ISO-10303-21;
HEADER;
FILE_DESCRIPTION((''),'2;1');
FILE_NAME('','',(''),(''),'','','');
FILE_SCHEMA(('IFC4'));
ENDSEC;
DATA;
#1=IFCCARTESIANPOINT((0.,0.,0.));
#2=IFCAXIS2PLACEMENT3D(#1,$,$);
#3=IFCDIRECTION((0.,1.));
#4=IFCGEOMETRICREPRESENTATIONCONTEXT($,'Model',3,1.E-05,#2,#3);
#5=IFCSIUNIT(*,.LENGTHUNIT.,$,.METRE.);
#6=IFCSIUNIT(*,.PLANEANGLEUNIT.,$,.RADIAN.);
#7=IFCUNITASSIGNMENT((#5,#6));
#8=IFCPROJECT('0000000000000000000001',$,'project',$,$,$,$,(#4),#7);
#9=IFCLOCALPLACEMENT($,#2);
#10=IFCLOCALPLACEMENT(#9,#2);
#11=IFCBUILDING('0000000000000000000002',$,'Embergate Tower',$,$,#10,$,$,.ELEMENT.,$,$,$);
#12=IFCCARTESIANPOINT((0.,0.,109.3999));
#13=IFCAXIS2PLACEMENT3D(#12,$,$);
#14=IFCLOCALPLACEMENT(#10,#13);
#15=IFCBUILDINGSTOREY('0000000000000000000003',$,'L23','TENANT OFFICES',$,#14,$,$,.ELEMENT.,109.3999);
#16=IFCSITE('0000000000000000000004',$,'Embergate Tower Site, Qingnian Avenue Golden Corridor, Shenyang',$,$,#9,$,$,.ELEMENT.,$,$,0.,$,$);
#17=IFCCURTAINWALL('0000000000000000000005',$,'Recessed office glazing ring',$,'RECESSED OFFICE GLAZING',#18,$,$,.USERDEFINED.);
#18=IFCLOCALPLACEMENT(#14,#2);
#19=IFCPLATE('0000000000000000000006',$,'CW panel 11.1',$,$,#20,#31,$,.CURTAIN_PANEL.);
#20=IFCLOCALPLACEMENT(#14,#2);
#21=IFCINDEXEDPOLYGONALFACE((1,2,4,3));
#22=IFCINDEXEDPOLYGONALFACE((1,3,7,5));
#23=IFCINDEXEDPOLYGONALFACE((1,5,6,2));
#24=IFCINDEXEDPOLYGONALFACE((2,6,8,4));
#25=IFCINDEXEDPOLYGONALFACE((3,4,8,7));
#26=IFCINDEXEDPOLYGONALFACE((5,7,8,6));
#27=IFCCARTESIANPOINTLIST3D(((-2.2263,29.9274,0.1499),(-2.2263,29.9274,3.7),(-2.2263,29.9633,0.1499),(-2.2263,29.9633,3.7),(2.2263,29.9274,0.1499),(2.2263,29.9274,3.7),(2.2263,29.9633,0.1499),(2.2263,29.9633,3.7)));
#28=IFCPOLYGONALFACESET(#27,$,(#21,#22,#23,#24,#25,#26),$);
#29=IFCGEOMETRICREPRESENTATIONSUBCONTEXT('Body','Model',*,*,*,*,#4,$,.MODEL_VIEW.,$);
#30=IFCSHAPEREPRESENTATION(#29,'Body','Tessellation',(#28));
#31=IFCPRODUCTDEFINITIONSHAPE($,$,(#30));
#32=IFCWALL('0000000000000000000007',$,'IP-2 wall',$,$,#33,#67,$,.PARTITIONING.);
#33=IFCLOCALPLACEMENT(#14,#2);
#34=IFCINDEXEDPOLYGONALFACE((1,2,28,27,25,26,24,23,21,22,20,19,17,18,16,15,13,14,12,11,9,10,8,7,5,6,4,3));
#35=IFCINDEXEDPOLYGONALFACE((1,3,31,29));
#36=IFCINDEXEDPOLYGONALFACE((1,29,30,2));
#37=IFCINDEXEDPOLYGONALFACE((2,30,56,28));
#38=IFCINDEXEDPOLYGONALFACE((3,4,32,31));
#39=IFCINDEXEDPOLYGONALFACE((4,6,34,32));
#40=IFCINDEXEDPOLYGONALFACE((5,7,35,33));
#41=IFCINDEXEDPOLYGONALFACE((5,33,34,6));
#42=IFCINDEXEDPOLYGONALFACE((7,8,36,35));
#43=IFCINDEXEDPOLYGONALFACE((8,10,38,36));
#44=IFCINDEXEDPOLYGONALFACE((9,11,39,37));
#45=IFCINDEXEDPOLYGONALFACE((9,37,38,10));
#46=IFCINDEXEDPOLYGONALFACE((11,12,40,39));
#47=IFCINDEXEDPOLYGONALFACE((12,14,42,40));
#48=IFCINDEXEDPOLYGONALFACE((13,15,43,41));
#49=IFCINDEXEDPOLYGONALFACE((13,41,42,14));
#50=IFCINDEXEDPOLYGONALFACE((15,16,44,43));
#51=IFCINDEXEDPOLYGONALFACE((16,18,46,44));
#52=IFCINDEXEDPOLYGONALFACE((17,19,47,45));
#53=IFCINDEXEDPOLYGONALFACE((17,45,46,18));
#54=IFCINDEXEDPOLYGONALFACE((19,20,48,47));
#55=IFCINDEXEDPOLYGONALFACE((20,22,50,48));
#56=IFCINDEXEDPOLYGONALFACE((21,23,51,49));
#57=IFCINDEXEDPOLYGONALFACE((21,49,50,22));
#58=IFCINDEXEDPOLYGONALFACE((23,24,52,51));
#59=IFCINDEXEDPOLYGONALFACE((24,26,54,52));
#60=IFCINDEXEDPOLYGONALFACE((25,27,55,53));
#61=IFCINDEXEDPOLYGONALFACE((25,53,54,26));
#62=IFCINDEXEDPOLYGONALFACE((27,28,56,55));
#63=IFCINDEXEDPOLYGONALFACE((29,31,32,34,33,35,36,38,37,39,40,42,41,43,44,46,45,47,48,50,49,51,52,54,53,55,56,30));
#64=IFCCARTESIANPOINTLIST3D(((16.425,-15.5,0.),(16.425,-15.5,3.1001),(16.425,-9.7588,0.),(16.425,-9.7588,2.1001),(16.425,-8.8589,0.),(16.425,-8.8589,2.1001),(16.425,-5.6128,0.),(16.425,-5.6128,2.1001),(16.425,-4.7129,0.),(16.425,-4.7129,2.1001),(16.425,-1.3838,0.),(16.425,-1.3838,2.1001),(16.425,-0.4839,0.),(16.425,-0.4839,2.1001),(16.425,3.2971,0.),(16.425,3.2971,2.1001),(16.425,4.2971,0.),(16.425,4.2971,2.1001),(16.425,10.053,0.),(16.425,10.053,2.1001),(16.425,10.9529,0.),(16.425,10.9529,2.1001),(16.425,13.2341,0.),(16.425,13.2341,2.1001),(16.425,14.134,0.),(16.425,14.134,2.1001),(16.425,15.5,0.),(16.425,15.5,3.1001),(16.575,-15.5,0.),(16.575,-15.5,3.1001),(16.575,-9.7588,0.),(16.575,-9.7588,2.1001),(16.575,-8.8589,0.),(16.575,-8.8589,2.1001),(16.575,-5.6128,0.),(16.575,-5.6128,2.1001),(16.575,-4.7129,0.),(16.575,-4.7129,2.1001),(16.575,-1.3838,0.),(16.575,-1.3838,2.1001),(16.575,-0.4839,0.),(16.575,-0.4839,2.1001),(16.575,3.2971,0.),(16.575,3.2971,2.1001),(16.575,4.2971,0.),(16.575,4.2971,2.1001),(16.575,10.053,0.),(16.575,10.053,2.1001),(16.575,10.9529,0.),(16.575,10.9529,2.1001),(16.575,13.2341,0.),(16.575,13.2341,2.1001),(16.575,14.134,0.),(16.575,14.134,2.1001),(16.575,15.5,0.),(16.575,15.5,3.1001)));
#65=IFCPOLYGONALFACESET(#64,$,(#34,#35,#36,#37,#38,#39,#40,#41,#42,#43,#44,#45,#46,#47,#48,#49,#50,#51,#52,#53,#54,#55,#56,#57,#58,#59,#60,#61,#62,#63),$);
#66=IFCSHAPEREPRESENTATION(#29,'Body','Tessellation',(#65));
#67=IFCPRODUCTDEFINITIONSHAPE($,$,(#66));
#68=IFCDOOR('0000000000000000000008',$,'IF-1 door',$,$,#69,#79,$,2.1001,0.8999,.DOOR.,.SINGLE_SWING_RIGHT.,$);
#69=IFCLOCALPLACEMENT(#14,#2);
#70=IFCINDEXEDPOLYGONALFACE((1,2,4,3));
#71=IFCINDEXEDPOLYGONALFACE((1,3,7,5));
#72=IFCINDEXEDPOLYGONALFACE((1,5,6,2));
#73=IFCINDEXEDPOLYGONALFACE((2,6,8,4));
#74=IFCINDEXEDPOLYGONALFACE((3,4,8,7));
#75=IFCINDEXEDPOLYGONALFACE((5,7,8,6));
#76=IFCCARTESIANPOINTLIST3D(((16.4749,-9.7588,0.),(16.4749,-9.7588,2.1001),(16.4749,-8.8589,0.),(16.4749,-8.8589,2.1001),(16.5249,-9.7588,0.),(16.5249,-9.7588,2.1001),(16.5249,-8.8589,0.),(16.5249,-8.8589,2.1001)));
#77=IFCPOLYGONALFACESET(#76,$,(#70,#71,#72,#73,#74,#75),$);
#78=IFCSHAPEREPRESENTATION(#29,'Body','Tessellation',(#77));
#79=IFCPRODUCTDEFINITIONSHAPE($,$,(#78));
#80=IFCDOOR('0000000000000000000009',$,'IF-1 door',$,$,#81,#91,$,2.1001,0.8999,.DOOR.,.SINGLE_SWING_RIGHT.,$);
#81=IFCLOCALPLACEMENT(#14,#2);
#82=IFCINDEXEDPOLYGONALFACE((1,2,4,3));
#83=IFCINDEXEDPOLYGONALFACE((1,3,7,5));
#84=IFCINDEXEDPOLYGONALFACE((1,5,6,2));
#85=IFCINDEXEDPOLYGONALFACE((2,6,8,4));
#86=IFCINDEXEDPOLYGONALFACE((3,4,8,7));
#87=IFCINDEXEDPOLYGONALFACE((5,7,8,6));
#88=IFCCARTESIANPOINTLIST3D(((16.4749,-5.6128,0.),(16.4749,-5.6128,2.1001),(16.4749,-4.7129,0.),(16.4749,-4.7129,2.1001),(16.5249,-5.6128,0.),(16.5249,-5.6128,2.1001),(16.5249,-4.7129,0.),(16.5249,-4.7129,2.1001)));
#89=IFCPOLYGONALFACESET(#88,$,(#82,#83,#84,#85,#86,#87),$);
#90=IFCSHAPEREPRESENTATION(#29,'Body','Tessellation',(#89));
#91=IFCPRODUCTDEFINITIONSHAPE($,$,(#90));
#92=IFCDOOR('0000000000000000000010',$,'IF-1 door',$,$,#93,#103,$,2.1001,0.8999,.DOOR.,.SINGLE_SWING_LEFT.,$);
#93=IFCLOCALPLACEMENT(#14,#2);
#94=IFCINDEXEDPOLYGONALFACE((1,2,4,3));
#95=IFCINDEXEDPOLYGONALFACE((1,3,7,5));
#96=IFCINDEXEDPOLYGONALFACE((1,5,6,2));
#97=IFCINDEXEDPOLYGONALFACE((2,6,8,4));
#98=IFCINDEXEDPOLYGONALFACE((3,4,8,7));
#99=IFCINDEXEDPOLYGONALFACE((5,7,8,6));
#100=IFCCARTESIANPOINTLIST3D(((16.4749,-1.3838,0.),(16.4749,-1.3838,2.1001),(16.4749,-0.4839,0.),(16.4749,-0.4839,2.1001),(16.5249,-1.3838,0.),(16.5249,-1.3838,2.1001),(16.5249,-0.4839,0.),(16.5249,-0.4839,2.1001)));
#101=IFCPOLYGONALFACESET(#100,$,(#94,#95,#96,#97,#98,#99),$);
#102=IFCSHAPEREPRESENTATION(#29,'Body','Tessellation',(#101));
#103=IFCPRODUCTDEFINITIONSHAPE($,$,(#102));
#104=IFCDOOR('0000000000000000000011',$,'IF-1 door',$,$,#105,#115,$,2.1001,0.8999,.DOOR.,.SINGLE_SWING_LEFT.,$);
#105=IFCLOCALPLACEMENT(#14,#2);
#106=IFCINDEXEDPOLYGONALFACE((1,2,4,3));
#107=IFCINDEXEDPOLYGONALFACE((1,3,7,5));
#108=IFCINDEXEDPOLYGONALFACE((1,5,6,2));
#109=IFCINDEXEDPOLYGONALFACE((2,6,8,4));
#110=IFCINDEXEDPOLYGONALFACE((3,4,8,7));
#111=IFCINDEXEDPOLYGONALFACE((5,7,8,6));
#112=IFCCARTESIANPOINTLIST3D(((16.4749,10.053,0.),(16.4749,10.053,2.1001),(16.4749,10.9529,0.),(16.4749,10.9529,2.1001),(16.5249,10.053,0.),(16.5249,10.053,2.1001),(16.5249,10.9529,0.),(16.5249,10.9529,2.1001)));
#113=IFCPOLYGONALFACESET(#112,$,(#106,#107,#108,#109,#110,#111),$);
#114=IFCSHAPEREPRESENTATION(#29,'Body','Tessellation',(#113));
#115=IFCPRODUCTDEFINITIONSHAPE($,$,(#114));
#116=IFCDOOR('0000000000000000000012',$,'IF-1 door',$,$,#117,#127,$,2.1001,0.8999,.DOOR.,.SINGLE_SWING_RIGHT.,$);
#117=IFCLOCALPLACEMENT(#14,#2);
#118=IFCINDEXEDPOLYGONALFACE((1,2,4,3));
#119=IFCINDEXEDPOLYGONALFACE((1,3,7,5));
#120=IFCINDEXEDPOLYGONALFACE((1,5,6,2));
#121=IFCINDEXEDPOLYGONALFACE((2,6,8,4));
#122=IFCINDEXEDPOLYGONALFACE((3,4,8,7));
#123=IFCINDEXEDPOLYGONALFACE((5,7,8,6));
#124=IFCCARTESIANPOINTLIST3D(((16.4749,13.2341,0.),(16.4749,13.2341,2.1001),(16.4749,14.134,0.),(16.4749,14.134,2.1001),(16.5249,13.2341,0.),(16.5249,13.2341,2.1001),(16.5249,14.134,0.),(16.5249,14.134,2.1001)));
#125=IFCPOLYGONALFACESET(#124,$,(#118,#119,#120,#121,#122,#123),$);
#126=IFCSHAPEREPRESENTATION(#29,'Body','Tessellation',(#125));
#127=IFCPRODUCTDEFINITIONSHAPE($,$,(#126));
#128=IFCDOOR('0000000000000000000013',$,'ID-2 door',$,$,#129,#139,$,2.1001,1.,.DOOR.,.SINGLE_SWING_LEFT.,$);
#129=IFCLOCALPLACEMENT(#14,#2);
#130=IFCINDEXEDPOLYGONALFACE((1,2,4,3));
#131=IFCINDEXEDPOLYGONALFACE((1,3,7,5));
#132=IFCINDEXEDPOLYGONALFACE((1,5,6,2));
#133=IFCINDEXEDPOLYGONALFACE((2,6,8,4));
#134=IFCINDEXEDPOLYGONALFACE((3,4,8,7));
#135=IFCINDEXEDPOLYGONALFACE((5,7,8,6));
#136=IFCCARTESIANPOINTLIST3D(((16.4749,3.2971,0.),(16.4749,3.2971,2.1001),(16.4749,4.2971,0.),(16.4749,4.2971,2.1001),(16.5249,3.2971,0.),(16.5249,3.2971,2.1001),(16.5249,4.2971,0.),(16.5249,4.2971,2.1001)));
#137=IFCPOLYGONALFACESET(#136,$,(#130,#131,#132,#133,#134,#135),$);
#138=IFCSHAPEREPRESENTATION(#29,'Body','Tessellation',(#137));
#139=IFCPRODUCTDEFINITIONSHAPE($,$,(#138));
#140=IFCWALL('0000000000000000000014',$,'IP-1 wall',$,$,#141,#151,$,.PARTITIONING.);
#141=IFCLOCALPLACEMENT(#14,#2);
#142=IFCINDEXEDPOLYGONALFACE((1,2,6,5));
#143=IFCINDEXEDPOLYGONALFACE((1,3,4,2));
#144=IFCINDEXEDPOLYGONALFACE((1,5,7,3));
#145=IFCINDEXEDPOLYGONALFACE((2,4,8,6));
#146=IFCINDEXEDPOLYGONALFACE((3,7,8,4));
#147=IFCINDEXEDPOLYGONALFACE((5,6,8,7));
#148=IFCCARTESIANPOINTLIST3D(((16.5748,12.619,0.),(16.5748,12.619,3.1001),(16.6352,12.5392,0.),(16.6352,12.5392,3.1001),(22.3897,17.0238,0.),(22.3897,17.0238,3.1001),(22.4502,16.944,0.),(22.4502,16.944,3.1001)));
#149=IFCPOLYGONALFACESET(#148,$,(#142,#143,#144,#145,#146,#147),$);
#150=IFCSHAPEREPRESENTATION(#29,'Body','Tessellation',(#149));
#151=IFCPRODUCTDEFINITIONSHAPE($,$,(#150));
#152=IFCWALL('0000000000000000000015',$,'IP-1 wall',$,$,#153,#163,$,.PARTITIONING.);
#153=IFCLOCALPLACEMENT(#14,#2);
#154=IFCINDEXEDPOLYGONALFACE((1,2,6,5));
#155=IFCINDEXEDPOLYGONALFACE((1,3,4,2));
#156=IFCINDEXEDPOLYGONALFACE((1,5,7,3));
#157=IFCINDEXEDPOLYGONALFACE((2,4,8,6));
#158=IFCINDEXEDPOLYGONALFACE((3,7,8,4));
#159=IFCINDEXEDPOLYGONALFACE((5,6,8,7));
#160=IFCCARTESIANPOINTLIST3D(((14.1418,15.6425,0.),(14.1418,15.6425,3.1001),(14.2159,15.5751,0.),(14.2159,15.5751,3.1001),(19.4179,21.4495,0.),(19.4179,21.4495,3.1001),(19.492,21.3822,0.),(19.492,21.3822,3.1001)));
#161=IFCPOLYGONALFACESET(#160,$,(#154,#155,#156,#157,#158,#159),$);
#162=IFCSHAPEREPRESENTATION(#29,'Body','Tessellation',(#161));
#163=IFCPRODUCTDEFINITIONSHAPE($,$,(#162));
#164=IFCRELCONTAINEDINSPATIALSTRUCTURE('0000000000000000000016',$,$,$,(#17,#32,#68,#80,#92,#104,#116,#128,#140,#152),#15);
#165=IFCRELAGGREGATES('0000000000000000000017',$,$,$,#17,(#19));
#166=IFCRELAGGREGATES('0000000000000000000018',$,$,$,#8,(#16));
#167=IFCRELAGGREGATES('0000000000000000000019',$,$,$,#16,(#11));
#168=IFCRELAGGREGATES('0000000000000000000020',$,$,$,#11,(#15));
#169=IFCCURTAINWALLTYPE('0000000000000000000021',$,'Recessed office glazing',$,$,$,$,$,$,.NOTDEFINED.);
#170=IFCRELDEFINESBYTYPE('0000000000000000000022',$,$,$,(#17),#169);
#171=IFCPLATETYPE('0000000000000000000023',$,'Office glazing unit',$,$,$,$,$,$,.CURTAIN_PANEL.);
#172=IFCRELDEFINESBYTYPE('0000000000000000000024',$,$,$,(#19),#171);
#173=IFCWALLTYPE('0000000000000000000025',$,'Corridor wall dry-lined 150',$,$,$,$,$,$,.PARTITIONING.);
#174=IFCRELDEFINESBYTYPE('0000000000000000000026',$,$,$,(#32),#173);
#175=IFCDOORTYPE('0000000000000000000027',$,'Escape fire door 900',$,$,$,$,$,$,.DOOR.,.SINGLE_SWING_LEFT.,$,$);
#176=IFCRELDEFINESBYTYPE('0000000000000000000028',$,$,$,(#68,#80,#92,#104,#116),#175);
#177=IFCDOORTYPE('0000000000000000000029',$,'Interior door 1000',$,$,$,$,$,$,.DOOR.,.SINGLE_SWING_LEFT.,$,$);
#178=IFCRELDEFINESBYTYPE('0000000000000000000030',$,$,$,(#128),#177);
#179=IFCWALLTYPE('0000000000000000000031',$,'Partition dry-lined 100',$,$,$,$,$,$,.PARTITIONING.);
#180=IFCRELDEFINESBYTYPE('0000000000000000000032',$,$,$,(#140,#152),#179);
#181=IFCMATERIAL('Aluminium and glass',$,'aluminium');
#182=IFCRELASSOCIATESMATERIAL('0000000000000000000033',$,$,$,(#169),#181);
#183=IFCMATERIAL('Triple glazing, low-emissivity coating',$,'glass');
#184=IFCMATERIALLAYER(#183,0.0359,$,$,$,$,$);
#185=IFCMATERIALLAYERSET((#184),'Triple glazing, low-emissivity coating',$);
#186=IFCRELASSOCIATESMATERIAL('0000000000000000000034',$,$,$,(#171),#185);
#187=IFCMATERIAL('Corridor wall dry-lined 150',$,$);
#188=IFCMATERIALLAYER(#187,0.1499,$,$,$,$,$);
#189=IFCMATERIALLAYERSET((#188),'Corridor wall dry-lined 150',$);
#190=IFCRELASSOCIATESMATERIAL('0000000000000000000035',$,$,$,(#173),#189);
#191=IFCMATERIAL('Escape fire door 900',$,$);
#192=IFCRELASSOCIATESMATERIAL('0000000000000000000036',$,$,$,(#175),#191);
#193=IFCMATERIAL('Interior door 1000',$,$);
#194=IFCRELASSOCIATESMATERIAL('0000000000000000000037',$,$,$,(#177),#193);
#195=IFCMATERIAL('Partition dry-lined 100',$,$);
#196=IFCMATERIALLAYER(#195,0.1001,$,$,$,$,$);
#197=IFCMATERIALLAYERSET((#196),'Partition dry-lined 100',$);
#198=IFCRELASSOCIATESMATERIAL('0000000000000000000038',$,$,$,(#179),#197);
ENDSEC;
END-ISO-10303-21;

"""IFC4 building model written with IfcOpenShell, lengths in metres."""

from ifc_helpers import new_model, si_unit, direction, frame, frame_2d, origin, origin_2d, place, context, subcontext, project, spatial, rectangle, extrude, source, transform, mapped, material, layer, layer_set, type_object, element, fill, aggregate, save


model = new_model("IFC4")

# Units and contexts
model_context = context("Model", 3, precision=1e-05, world=origin(), true_north=direction((0.0, 1.0)))
body_context = subcontext(model_context, "Body", "Model", "MODEL_VIEW")
ifc_project = project(units=[si_unit("LENGTHUNIT", "METRE"), si_unit("PLANEANGLEUNIT", "RADIAN")], contexts=[model_context])

# Site, building, storey
site_placement = place(None, origin())
site = spatial("IfcSite", under=ifc_project, at=site_placement, Name="Embergate Tower Site, Qingnian Avenue Golden Corridor, Shenyang", CompositionType="ELEMENT", RefElevation=0.0)
building_placement = place(site_placement, origin())
building = spatial("IfcBuilding", under=site, at=building_placement, Name="Embergate Tower", CompositionType="ELEMENT")
storey_placement = place(building_placement, frame((0.0, 0.0, 109.3999)))
storey = spatial("IfcBuildingStorey", under=building, at=storey_placement, Name="L23", Description="TENANT OFFICES", CompositionType="ELEMENT", Elevation=109.3999)

# Curtain wall, plate
ifc_material_1 = material(Name="Aluminium and glass", Category="aluminium")
curtain_wall_type = type_object("IfcCurtainWallType", Name="Recessed office glazing", PredefinedType="NOTDEFINED", material=ifc_material_1)
curtain_wall_placement = place(storey_placement, origin())
curtain_wall = element("IfcCurtainWall", 1, at=curtain_wall_placement, inside=storey, type_object=curtain_wall_type, Name="Recessed office glazing ring", ObjectType="RECESSED OFFICE GLAZING", PredefinedType="USERDEFINED")
ifc_material_2 = material(Name="Triple glazing, low-emissivity coating", Category="glass")
ifc_layer_1 = layer(ifc_material_2, 0.0359)
ifc_layer_set_1 = layer_set([ifc_layer_1], Name="Triple glazing, low-emissivity coating")
plate_type = type_object("IfcPlateType", Name="Office glazing unit", PredefinedType="CURTAIN_PANEL", material=ifc_layer_set_1)
shared_shape_1 = source(origin(), body_context, "Body", "SweptSolid", [
    extrude(rectangle(XDim=4.4526, YDim=0.0359, at=origin_2d()), origin(), (0.0, 0.0, 1.0), 3.55),
])
plate_1_placement = place(storey_placement, frame((0.0, 29.9453, 0.1499), z_axis=(0.0, 0.0, 1.0), x_axis=(-1.0, 0.0, 0.0)))
plate_1 = element("IfcPlate", 2, at=plate_1_placement, type_object=plate_type, Name="CW panel 11.1", PredefinedType="CURTAIN_PANEL", context=body_context, shape_type="MappedRepresentation", body=[
    mapped(shared_shape_1, transform((0.0, 0.0, 0.0))),
])
aggregate(curtain_wall, [plate_1])

# Wall, openings, doors
ifc_material_3 = material(Name="Corridor wall dry-lined 150")
ifc_layer_2 = layer(ifc_material_3, 0.1499)
ifc_layer_set_2 = layer_set([ifc_layer_2], Name="Corridor wall dry-lined 150")
wall_type_1 = type_object("IfcWallType", Name="Corridor wall dry-lined 150", PredefinedType="PARTITIONING", material=ifc_layer_set_2)
shared_shape_2 = source(origin(), body_context, "Body", "SweptSolid", [
    extrude(rectangle(XDim=31.0, YDim=0.1499, at=frame_2d((15.5, 0.0))), origin(), (0.0, 0.0, 1.0), 3.1001),
])
wall_1_placement = place(storey_placement, frame((16.5, 15.5, 0.0), z_axis=(0.0, 0.0, 1.0), x_axis=(0.0, -1.0, 0.0)))
wall_1 = element("IfcWall", 3, at=wall_1_placement, inside=storey, type_object=wall_type_1, Name="IP-2 wall", PredefinedType="PARTITIONING", context=body_context, shape_type="MappedRepresentation", body=[
    mapped(shared_shape_2, transform((0.0, 0.0, 0.0))),
])
shared_shape_3 = source(origin(), body_context, "Body", "SweptSolid", [
    extrude(rectangle(XDim=0.8999, YDim=2.1001, at=frame_2d((0.45, 1.05))), frame((0.0, 0.085, 0.0), z_axis=(0.0, -1.0, 0.0), x_axis=(1.0, 0.0, 0.0)), (0.0, 0.0, 1.0), 0.1699),
])
opening_1_placement = place(wall_1_placement, frame((24.3589, 0.0, 0.0)))
opening_1 = element("IfcOpeningElement", 4, at=opening_1_placement, cuts=wall_1, PredefinedType="OPENING", context=body_context, shape_type="MappedRepresentation", body=[
    mapped(shared_shape_3, transform((0.0, 0.0, 0.0))),
])
opening_2_placement = place(wall_1_placement, frame((20.2129, 0.0, 0.0)))
opening_2 = element("IfcOpeningElement", 5, at=opening_2_placement, cuts=wall_1, PredefinedType="OPENING", context=body_context, shape_type="MappedRepresentation", body=[
    mapped(shared_shape_3, transform((0.0, 0.0, 0.0))),
])
opening_3_placement = place(wall_1_placement, frame((15.9839, 0.0, 0.0)))
opening_3 = element("IfcOpeningElement", 6, at=opening_3_placement, cuts=wall_1, PredefinedType="OPENING", context=body_context, shape_type="MappedRepresentation", body=[
    mapped(shared_shape_3, transform((0.0, 0.0, 0.0))),
])
shared_shape_4 = source(origin(), body_context, "Body", "SweptSolid", [
    extrude(rectangle(XDim=1.0, YDim=2.1001, at=frame_2d((0.5, 1.05))), frame((0.0, 0.085, 0.0), z_axis=(0.0, -1.0, 0.0), x_axis=(1.0, 0.0, 0.0)), (0.0, 0.0, 1.0), 0.1699),
])
opening_4_placement = place(wall_1_placement, frame((11.2029, 0.0, 0.0)))
opening_4 = element("IfcOpeningElement", 7, at=opening_4_placement, cuts=wall_1, PredefinedType="OPENING", context=body_context, shape_type="MappedRepresentation", body=[
    mapped(shared_shape_4, transform((0.0, 0.0, 0.0))),
])
opening_5_placement = place(wall_1_placement, frame((4.5471, 0.0, 0.0)))
opening_5 = element("IfcOpeningElement", 8, at=opening_5_placement, cuts=wall_1, PredefinedType="OPENING", context=body_context, shape_type="MappedRepresentation", body=[
    mapped(shared_shape_3, transform((0.0, 0.0, 0.0))),
])
opening_6_placement = place(wall_1_placement, frame((1.366, 0.0, 0.0)))
opening_6 = element("IfcOpeningElement", 9, at=opening_6_placement, cuts=wall_1, PredefinedType="OPENING", context=body_context, shape_type="MappedRepresentation", body=[
    mapped(shared_shape_3, transform((0.0, 0.0, 0.0))),
])
ifc_material_4 = material(Name="Escape fire door 900")
door_type_1 = type_object("IfcDoorType", Name="Escape fire door 900", OperationType="SINGLE_SWING_LEFT", PredefinedType="DOOR", material=ifc_material_4)
shared_shape_5 = source(origin(), body_context, "Body", "SweptSolid", [
    extrude(rectangle(XDim=0.8999, YDim=2.1001, at=frame_2d((0.45, 1.05))), frame((0.0, 0.0249, 0.0), z_axis=(0.0, -1.0, 0.0), x_axis=(1.0, 0.0, 0.0)), (0.0, 0.0, 1.0), 0.05),
])
door_1_placement = place(opening_1_placement, origin())
door_1 = element("IfcDoor", 10, at=door_1_placement, inside=storey, type_object=door_type_1, Name="IF-1 door", OperationType="SINGLE_SWING_RIGHT", OverallHeight=2.1001, OverallWidth=0.8999, PredefinedType="DOOR", context=body_context, shape_type="MappedRepresentation", body=[
    mapped(shared_shape_5, transform((0.0, 0.0, 0.0))),
])
fill(opening_1, door_1)
door_2_placement = place(opening_2_placement, origin())
door_2 = element("IfcDoor", 11, at=door_2_placement, inside=storey, type_object=door_type_1, Name="IF-1 door", OperationType="SINGLE_SWING_RIGHT", OverallHeight=2.1001, OverallWidth=0.8999, PredefinedType="DOOR", context=body_context, shape_type="MappedRepresentation", body=[
    mapped(shared_shape_5, transform((0.0, 0.0, 0.0))),
])
fill(opening_2, door_2)
door_3_placement = place(opening_3_placement, origin())
door_3 = element("IfcDoor", 12, at=door_3_placement, inside=storey, type_object=door_type_1, Name="IF-1 door", OperationType="SINGLE_SWING_LEFT", OverallHeight=2.1001, OverallWidth=0.8999, PredefinedType="DOOR", context=body_context, shape_type="MappedRepresentation", body=[
    mapped(shared_shape_5, transform((0.0, 0.0, 0.0))),
])
fill(opening_3, door_3)
door_4_placement = place(opening_5_placement, origin())
door_4 = element("IfcDoor", 13, at=door_4_placement, inside=storey, type_object=door_type_1, Name="IF-1 door", OperationType="SINGLE_SWING_LEFT", OverallHeight=2.1001, OverallWidth=0.8999, PredefinedType="DOOR", context=body_context, shape_type="MappedRepresentation", body=[
    mapped(shared_shape_5, transform((0.0, 0.0, 0.0))),
])
fill(opening_5, door_4)
door_5_placement = place(opening_6_placement, origin())
door_5 = element("IfcDoor", 14, at=door_5_placement, inside=storey, type_object=door_type_1, Name="IF-1 door", OperationType="SINGLE_SWING_RIGHT", OverallHeight=2.1001, OverallWidth=0.8999, PredefinedType="DOOR", context=body_context, shape_type="MappedRepresentation", body=[
    mapped(shared_shape_5, transform((0.0, 0.0, 0.0))),
])
fill(opening_6, door_5)
ifc_material_5 = material(Name="Interior door 1000")
door_type_2 = type_object("IfcDoorType", Name="Interior door 1000", OperationType="SINGLE_SWING_LEFT", PredefinedType="DOOR", material=ifc_material_5)
shared_shape_6 = source(origin(), body_context, "Body", "SweptSolid", [
    extrude(rectangle(XDim=1.0, YDim=2.1001, at=frame_2d((0.5, 1.05))), frame((0.0, 0.0249, 0.0), z_axis=(0.0, -1.0, 0.0), x_axis=(1.0, 0.0, 0.0)), (0.0, 0.0, 1.0), 0.05),
])
door_6_placement = place(opening_4_placement, origin())
door_6 = element("IfcDoor", 15, at=door_6_placement, inside=storey, type_object=door_type_2, Name="ID-2 door", OperationType="SINGLE_SWING_LEFT", OverallHeight=2.1001, OverallWidth=1.0, PredefinedType="DOOR", context=body_context, shape_type="MappedRepresentation", body=[
    mapped(shared_shape_6, transform((0.0, 0.0, 0.0))),
])
fill(opening_4, door_6)

# Walls
ifc_material_6 = material(Name="Partition dry-lined 100")
ifc_layer_3 = layer(ifc_material_6, 0.1001)
ifc_layer_set_3 = layer_set([ifc_layer_3], Name="Partition dry-lined 100")
wall_type_2 = type_object("IfcWallType", Name="Partition dry-lined 100", PredefinedType="PARTITIONING", material=ifc_layer_set_3)
shared_shape_7 = source(origin(), body_context, "Body", "SweptSolid", [
    extrude(rectangle(XDim=7.2949, YDim=0.1001, at=frame_2d((3.6475, 0.0))), origin(), (0.0, 0.0, 1.0), 3.1001),
])
wall_2_placement = place(storey_placement, frame((16.605, 12.5791, 0.0), z_axis=(0.0, 0.0, 1.0), x_axis=(0.797123, 0.603816, 0.0)))
element("IfcWall", 16, at=wall_2_placement, inside=storey, type_object=wall_type_2, Name="IP-1 wall", PredefinedType="PARTITIONING", context=body_context, shape_type="MappedRepresentation", body=[
    mapped(shared_shape_7, transform((0.0, 0.0, 0.0))),
])
shared_shape_8 = source(origin(), body_context, "Body", "SweptSolid", [
    extrude(rectangle(XDim=7.8459, YDim=0.1001, at=frame_2d((3.9229, 0.0))), origin(), (0.0, 0.0, 1.0), 3.1001),
])
wall_3_placement = place(storey_placement, frame((14.179, 15.6089, 0.0), z_axis=(0.0, 0.0, 1.0), x_axis=(0.672457, 0.740136, 0.0)))
element("IfcWall", 17, at=wall_3_placement, inside=storey, type_object=wall_type_2, Name="IP-1 wall", PredefinedType="PARTITIONING", context=body_context, shape_type="MappedRepresentation", body=[
    mapped(shared_shape_8, transform((0.0, 0.0, 0.0))),
])

save(model, "model.ifc")
